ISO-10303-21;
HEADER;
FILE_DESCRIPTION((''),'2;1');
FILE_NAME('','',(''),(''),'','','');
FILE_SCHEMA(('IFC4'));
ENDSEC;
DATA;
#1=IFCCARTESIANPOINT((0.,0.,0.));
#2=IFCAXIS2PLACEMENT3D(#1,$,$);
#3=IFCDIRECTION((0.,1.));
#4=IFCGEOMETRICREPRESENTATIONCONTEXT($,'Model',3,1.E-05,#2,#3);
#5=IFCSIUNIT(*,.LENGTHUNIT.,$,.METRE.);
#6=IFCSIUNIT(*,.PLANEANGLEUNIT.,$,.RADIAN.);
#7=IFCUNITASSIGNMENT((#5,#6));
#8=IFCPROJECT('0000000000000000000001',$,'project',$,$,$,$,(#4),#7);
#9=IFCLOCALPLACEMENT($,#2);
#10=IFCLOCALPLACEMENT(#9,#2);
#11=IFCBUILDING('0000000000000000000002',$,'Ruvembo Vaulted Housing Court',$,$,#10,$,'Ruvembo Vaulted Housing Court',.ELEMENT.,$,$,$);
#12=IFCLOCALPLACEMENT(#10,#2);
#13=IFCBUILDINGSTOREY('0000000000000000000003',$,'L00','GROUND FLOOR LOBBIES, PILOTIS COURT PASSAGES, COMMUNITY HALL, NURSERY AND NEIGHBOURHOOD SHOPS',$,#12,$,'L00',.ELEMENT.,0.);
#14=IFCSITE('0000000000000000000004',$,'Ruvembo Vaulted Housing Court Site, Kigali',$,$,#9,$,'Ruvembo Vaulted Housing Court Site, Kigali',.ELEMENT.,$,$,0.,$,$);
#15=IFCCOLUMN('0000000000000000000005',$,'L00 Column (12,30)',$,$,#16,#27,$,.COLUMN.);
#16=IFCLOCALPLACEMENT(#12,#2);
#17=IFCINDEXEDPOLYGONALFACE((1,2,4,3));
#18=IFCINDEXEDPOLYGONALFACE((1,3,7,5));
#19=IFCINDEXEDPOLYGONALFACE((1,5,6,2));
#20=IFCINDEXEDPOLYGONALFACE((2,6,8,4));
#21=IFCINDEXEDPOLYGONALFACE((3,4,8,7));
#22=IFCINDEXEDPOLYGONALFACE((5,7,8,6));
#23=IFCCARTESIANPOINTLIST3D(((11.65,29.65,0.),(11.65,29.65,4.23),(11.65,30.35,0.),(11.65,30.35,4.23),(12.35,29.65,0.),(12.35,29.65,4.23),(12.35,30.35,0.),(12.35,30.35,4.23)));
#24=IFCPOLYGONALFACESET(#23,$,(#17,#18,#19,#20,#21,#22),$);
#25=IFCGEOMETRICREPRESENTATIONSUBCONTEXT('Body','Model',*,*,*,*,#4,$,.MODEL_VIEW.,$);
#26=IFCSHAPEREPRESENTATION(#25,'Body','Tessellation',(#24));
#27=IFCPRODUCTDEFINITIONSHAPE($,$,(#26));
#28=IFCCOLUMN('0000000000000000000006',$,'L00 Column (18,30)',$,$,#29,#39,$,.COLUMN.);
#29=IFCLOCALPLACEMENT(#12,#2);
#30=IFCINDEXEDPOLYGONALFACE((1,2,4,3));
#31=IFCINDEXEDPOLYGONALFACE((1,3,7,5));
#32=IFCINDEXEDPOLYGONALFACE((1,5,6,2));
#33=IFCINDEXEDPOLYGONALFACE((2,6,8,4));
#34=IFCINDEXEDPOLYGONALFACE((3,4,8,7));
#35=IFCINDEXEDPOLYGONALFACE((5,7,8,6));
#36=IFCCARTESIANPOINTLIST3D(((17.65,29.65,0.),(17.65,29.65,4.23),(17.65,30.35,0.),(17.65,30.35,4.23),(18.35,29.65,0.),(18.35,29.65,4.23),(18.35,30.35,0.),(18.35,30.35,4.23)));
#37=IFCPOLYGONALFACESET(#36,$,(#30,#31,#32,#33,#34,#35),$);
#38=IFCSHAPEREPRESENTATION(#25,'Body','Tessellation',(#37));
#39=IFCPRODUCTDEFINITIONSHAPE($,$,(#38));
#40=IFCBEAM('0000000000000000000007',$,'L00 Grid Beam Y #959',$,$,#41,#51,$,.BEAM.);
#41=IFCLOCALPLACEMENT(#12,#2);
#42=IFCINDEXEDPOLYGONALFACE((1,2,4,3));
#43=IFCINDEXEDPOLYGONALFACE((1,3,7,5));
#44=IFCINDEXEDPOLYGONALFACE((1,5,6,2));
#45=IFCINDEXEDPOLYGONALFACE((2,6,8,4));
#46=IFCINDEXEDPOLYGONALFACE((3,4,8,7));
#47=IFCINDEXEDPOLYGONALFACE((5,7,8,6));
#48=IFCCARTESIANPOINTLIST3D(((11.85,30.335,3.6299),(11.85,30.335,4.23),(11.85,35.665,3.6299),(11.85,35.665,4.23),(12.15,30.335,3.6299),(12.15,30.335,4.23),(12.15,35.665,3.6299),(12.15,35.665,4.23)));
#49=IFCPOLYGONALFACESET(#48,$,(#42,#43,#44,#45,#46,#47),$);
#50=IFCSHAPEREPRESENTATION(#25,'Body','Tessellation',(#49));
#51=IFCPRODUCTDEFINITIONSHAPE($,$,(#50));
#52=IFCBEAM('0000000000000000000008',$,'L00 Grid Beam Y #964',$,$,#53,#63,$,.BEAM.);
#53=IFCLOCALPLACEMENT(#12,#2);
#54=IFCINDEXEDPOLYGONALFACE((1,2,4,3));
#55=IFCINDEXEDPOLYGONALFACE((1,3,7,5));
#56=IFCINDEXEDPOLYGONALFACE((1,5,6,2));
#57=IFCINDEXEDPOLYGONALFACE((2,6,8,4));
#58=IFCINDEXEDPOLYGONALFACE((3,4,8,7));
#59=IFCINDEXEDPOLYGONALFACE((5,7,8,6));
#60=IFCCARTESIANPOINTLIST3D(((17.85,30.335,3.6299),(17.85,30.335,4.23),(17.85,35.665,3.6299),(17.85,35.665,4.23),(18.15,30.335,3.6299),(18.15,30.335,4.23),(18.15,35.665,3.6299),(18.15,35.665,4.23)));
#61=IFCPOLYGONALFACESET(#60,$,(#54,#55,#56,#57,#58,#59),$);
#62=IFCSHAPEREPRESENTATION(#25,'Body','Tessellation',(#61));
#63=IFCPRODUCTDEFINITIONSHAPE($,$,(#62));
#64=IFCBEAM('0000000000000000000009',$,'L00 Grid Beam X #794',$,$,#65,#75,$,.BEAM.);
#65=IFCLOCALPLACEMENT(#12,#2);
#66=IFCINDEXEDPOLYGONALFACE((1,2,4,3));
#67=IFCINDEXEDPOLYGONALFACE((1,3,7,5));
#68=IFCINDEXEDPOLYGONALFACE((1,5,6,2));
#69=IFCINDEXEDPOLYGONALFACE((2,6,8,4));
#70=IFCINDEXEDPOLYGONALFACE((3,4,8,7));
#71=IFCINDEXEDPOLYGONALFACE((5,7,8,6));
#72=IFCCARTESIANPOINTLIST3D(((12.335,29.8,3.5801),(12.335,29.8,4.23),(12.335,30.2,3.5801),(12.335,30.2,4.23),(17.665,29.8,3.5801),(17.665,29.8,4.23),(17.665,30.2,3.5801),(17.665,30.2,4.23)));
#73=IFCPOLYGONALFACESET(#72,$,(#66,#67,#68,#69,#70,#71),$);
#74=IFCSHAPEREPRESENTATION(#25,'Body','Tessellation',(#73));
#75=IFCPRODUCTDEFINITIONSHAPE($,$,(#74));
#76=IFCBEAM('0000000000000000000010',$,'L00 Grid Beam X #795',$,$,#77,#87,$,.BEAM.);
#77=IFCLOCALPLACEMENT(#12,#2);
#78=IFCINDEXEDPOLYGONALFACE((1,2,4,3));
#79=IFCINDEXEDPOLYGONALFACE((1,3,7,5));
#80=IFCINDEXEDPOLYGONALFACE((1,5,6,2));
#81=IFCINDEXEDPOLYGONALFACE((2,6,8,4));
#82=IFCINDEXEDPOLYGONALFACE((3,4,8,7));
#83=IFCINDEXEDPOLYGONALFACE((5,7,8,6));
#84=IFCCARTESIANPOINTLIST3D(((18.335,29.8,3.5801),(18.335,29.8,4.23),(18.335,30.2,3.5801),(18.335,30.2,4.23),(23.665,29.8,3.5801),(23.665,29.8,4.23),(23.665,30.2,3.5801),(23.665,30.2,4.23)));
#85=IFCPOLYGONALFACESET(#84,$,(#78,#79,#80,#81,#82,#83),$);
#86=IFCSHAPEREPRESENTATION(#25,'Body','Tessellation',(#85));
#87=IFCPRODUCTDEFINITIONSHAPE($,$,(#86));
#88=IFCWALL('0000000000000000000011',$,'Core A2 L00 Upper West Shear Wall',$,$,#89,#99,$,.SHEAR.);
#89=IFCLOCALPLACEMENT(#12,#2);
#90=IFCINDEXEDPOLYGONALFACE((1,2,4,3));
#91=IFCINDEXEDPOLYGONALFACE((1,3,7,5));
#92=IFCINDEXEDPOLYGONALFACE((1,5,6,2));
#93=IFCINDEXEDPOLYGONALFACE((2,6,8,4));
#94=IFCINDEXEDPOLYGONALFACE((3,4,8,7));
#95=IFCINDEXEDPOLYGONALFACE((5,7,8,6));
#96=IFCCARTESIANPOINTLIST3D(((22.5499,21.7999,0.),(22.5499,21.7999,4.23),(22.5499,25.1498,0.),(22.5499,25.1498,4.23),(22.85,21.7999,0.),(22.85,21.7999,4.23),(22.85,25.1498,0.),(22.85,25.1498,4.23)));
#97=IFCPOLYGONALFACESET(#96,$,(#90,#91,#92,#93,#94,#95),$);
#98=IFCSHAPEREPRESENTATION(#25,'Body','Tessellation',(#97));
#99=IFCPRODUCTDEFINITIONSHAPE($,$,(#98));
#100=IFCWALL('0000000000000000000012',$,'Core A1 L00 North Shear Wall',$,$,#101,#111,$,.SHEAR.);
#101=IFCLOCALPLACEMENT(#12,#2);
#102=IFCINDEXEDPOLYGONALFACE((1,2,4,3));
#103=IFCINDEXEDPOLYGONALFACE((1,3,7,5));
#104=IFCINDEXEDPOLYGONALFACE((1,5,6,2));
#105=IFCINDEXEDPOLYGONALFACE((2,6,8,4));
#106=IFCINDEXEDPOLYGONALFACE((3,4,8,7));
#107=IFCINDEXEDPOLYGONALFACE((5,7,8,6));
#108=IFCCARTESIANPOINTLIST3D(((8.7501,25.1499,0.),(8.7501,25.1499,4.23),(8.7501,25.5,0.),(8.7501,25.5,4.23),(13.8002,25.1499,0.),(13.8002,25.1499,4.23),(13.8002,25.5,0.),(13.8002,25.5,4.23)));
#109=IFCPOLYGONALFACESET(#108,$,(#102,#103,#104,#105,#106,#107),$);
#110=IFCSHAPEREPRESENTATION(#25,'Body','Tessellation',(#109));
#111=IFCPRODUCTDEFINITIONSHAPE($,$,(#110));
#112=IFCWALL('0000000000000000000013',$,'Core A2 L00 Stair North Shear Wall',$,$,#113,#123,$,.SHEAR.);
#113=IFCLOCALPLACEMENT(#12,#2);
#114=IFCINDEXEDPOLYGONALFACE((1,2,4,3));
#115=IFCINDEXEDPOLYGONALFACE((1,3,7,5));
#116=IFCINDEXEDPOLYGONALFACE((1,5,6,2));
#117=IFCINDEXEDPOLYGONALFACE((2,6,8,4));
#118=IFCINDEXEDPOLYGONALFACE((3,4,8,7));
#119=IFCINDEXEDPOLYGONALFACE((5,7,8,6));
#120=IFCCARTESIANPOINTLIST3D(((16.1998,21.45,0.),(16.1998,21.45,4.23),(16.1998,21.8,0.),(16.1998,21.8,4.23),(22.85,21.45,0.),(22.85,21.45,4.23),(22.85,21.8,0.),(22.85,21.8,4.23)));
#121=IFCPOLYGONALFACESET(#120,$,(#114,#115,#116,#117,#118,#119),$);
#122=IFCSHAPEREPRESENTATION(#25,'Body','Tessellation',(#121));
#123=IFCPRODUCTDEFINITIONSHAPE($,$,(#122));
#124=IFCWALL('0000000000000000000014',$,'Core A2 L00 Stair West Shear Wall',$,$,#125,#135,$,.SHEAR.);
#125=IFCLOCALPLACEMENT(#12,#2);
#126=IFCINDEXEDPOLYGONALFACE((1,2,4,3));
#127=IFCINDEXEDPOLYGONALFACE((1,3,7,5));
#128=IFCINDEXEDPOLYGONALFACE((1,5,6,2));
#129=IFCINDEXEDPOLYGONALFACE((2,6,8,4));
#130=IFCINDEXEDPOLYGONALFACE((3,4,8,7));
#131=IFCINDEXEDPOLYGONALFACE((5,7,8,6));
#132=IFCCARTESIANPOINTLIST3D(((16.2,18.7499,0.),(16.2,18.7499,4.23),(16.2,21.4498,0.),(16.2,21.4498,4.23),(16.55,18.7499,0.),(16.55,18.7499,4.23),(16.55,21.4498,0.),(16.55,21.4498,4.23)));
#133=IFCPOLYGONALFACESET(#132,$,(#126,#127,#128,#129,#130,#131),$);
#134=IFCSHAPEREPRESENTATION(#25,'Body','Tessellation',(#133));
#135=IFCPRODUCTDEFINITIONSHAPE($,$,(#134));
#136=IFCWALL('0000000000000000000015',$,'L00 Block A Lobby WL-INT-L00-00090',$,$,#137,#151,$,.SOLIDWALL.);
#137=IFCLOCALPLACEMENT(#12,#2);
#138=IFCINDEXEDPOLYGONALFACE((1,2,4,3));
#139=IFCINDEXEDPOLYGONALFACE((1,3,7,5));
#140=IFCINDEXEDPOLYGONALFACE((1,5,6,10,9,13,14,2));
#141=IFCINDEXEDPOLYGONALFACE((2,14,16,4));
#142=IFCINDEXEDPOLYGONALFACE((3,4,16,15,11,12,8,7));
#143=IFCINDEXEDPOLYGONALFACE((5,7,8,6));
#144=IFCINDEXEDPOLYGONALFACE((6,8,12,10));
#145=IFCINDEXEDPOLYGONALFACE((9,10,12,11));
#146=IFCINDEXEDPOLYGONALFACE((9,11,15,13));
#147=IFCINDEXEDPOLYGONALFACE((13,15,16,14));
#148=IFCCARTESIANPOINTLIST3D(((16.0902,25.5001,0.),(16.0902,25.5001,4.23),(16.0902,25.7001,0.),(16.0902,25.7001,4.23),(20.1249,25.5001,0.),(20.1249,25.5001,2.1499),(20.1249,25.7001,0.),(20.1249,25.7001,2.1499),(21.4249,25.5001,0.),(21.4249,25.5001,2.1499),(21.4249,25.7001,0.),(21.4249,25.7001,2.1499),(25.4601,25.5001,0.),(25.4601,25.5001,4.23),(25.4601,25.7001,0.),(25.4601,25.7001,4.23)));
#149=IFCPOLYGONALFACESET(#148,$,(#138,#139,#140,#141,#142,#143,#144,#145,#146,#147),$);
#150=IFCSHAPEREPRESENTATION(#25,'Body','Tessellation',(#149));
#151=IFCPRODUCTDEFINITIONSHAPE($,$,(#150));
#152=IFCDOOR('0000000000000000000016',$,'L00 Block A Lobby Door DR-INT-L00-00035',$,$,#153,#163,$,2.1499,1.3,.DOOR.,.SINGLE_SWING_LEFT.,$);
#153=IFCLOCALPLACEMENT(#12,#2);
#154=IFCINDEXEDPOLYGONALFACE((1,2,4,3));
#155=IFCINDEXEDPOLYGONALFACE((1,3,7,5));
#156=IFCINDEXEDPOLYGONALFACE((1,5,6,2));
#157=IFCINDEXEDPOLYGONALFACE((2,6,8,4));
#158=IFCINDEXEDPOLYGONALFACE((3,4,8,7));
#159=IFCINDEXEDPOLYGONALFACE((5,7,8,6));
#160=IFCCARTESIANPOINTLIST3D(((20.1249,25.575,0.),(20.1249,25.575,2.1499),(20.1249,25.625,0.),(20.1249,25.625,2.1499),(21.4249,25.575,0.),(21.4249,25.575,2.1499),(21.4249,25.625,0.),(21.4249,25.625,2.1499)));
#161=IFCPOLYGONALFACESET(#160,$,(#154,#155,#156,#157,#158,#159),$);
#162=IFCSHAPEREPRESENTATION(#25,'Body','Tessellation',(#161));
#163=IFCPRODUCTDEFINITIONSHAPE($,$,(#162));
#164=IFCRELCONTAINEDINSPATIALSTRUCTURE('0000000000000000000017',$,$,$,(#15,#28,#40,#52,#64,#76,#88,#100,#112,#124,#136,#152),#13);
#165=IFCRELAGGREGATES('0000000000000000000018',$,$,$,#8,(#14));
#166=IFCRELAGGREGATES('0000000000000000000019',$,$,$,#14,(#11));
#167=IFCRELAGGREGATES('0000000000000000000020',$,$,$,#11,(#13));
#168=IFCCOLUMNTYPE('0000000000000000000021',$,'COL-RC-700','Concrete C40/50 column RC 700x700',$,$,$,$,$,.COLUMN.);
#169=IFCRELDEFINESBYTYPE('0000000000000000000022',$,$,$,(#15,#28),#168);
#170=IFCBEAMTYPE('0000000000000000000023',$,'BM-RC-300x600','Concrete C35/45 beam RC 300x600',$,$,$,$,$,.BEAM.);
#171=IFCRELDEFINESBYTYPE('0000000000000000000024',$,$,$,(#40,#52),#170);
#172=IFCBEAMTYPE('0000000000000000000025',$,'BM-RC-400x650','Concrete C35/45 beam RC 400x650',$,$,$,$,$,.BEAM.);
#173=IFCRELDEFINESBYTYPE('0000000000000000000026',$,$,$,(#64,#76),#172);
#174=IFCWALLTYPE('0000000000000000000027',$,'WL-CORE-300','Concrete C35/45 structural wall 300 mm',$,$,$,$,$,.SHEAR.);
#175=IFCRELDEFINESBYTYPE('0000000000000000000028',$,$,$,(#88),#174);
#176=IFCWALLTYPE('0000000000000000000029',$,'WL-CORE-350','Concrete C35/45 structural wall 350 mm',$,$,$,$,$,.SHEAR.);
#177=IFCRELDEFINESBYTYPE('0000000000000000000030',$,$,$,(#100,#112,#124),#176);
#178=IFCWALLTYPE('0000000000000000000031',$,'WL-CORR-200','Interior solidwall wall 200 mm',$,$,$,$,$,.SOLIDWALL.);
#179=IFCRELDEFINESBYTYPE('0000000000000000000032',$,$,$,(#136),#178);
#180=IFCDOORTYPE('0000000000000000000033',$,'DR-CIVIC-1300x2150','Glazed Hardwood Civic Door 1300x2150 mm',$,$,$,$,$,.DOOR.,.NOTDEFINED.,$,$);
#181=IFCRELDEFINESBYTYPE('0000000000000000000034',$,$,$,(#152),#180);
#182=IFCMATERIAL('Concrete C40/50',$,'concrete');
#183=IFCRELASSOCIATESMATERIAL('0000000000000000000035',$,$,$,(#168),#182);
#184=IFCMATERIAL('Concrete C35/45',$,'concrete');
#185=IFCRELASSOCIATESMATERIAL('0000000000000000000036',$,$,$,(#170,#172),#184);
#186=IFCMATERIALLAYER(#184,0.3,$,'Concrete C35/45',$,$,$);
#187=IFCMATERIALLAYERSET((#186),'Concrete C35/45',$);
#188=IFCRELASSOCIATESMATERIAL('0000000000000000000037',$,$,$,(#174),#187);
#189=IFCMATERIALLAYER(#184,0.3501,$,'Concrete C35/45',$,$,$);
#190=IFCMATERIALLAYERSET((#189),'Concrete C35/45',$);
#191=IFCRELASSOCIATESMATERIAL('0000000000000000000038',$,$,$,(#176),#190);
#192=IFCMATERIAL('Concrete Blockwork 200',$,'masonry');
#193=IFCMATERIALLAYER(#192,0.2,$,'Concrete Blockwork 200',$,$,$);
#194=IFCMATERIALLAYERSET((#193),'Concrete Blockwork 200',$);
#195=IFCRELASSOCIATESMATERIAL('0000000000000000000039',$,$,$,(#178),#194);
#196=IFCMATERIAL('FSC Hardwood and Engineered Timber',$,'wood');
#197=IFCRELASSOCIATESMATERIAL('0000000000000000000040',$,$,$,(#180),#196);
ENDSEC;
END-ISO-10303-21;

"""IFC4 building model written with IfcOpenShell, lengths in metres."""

from ifc_helpers import new_model, si_unit, direction, frame, frame_2d, origin, origin_2d, place, context, subcontext, project, spatial, rectangle, extrude, material, layer, layer_set, material_profile, profile_set, type_object, element, fill, save


model = new_model("IFC4")

# Units and contexts
model_context = context("Model", 3, precision=1e-05, world=origin(), true_north=direction((0.0, 1.0)))
body_context = subcontext(model_context, "Body", "Model", "MODEL_VIEW")
ifc_project = project(units=[si_unit("LENGTHUNIT", "METRE"), si_unit("PLANEANGLEUNIT", "RADIAN")], contexts=[model_context])

# Site, building, storey
site_placement = place(None, origin())
site = spatial("IfcSite", under=ifc_project, at=site_placement, Name="Ruvembo Vaulted Housing Court Site, Kigali", LongName="Ruvembo Vaulted Housing Court Site, Kigali", CompositionType="ELEMENT", RefElevation=0.0)
building_placement = place(site_placement, origin())
building = spatial("IfcBuilding", under=site, at=building_placement, Name="Ruvembo Vaulted Housing Court", LongName="Ruvembo Vaulted Housing Court", CompositionType="ELEMENT")
storey_placement = place(building_placement, origin())
storey = spatial("IfcBuildingStorey", under=building, at=storey_placement, Name="L00", Description="GROUND FLOOR LOBBIES, PILOTIS COURT PASSAGES, COMMUNITY HALL, NURSERY AND NEIGHBOURHOOD SHOPS", LongName="L00", CompositionType="ELEMENT", Elevation=0.0)

# Columns
ifc_material_1 = material(Name="Concrete C40/50", Category="concrete")
ifc_material_profile_1 = material_profile(ifc_material_1, rectangle(XDim=0.7, YDim=0.7, at=origin_2d()), Name="RC 700x700")
ifc_profile_set_1 = profile_set([ifc_material_profile_1], Name="Concrete C40/50")
column_type = type_object("IfcColumnType", Name="COL-RC-700", Description="Concrete C40/50 column RC 700x700", PredefinedType="COLUMN", material=ifc_profile_set_1)
for number, where, z_axis, x_axis, name in (
    (1, (12.0, 30.0, 0.0), (0.0, 0.0, 1.0), (1.0, 0.0, 0.0), "L00 Column (12,30)"),
    (2, (18.0, 30.0, 0.0), (0.0, 0.0, 1.0), (1.0, 0.0, 0.0), "L00 Column (18,30)"),
):
    element("IfcColumn", number, at=place(storey_placement, frame(where, z_axis=z_axis, x_axis=x_axis)), inside=storey, type_object=column_type, Name=name, PredefinedType="COLUMN", context=body_context, shape_type="SweptSolid", body=[
        extrude(rectangle(XDim=0.7, YDim=0.7, at=origin_2d()), origin(), (0.0, 0.0, 1.0), 4.23),
    ])

# Beams
ifc_material_2 = material(Name="Concrete C35/45", Category="concrete")
ifc_material_profile_2 = material_profile(ifc_material_2, rectangle(XDim=0.3, YDim=0.6001, at=origin_2d()), Name="RC 300x600")
ifc_profile_set_2 = profile_set([ifc_material_profile_2], Name="Concrete C35/45")
beam_type_1 = type_object("IfcBeamType", Name="BM-RC-300x600", Description="Concrete C35/45 beam RC 300x600", PredefinedType="BEAM", material=ifc_profile_set_2)
for number, where, z_axis, x_axis, name in (
    (3, (12.0, 30.335, 3.9299), (0.0, 1.0, 0.0), (-1.0, 0.0, 0.0), "L00 Grid Beam Y #959"),
    (4, (18.0, 30.335, 3.9299), (0.0, 1.0, 0.0), (-1.0, 0.0, 0.0), "L00 Grid Beam Y #964"),
):
    element("IfcBeam", number, at=place(storey_placement, frame(where, z_axis=z_axis, x_axis=x_axis)), inside=storey, type_object=beam_type_1, Name=name, PredefinedType="BEAM", context=body_context, shape_type="SweptSolid", body=[
        extrude(rectangle(XDim=0.3, YDim=0.6001, at=origin_2d()), origin(), (0.0, 0.0, 1.0), 5.3301),
    ])
ifc_material_profile_3 = material_profile(ifc_material_2, rectangle(XDim=0.3999, YDim=0.6499, at=origin_2d()), Name="RC 400x650")
ifc_profile_set_3 = profile_set([ifc_material_profile_3], Name="Concrete C35/45")
beam_type_2 = type_object("IfcBeamType", Name="BM-RC-400x650", Description="Concrete C35/45 beam RC 400x650", PredefinedType="BEAM", material=ifc_profile_set_3)
for number, where, z_axis, x_axis, name in (
    (5, (12.335, 30.0, 3.905), (1.0, 0.0, 0.0), (0.0, 1.0, 0.0), "L00 Grid Beam X #794"),
    (6, (18.335, 30.0, 3.905), (1.0, 0.0, 0.0), (0.0, 1.0, 0.0), "L00 Grid Beam X #795"),
):
    element("IfcBeam", number, at=place(storey_placement, frame(where, z_axis=z_axis, x_axis=x_axis)), inside=storey, type_object=beam_type_2, Name=name, PredefinedType="BEAM", context=body_context, shape_type="SweptSolid", body=[
        extrude(rectangle(XDim=0.3999, YDim=0.6499, at=origin_2d()), origin(), (0.0, 0.0, 1.0), 5.3301),
    ])

# Walls
ifc_layer_1 = layer(ifc_material_2, 0.3, Name="Concrete C35/45")
ifc_layer_set_1 = layer_set([ifc_layer_1], Name="Concrete C35/45")
wall_type_1 = type_object("IfcWallType", Name="WL-CORE-300", Description="Concrete C35/45 structural wall 300 mm", PredefinedType="SHEAR", material=ifc_layer_set_1)
wall_1_placement = place(storey_placement, frame((22.7, 21.8, 0.0), z_axis=(0.0, 0.0, 1.0), x_axis=(0.0, 1.0, 0.0)))
element("IfcWall", 7, at=wall_1_placement, inside=storey, type_object=wall_type_1, Name="Core A2 L00 Upper West Shear Wall", PredefinedType="SHEAR", context=body_context, shape_type="SweptSolid", body=[
    extrude(rectangle(XDim=3.3499, YDim=0.3, at=frame_2d((1.6748, 0.0))), origin(), (0.0, 0.0, 1.0), 4.23),
])
ifc_layer_2 = layer(ifc_material_2, 0.3501, Name="Concrete C35/45")
ifc_layer_set_2 = layer_set([ifc_layer_2], Name="Concrete C35/45")
wall_type_2 = type_object("IfcWallType", Name="WL-CORE-350", Description="Concrete C35/45 structural wall 350 mm", PredefinedType="SHEAR", material=ifc_layer_set_2)
wall_2_placement = place(storey_placement, frame((13.8, 25.325, 0.0), z_axis=(0.0, 0.0, 1.0), x_axis=(-1.0, 0.0, 0.0)))
element("IfcWall", 8, at=wall_2_placement, inside=storey, type_object=wall_type_2, Name="Core A1 L00 North Shear Wall", PredefinedType="SHEAR", context=body_context, shape_type="SweptSolid", body=[
    extrude(rectangle(XDim=5.05, YDim=0.3501, at=frame_2d((2.5249, 0.0))), origin(), (0.0, 0.0, 1.0), 4.23),
])
wall_3_placement = place(storey_placement, frame((22.8501, 21.625, 0.0), z_axis=(0.0, 0.0, 1.0), x_axis=(-1.0, 0.0, 0.0)))
element("IfcWall", 9, at=wall_3_placement, inside=storey, type_object=wall_type_2, Name="Core A2 L00 Stair North Shear Wall", PredefinedType="SHEAR", context=body_context, shape_type="SweptSolid", body=[
    extrude(rectangle(XDim=6.6501, YDim=0.3501, at=frame_2d((3.3252, 0.0))), origin(), (0.0, 0.0, 1.0), 4.23),
])
wall_4_placement = place(storey_placement, frame((16.375, 21.45, 0.0), z_axis=(0.0, 0.0, 1.0), x_axis=(0.0, -1.0, 0.0)))
element("IfcWall", 10, at=wall_4_placement, inside=storey, type_object=wall_type_2, Name="Core A2 L00 Stair West Shear Wall", PredefinedType="SHEAR", context=body_context, shape_type="SweptSolid", body=[
    extrude(rectangle(XDim=2.7, YDim=0.3501, at=frame_2d((1.3501, 0.0))), origin(), (0.0, 0.0, 1.0), 4.23),
])
ifc_material_3 = material(Name="Concrete Blockwork 200", Category="masonry")
ifc_layer_3 = layer(ifc_material_3, 0.2, Name="Concrete Blockwork 200")
ifc_layer_set_3 = layer_set([ifc_layer_3], Name="Concrete Blockwork 200")
wall_type_3 = type_object("IfcWallType", Name="WL-CORR-200", Description="Interior solidwall wall 200 mm", PredefinedType="SOLIDWALL", material=ifc_layer_set_3)

# Wall, opening, door
wall_5_placement = place(storey_placement, frame((16.0901, 25.6001, 0.0), z_axis=(0.0, 0.0, 1.0), x_axis=(1.0, 0.0, 0.0)))
wall_5 = element("IfcWall", 11, at=wall_5_placement, inside=storey, type_object=wall_type_3, Name="L00 Block A Lobby WL-INT-L00-00090", PredefinedType="SOLIDWALL", context=body_context, shape_type="SweptSolid", body=[
    extrude(rectangle(XDim=9.3699, YDim=0.2, at=frame_2d((4.6851, 0.0))), origin(), (0.0, 0.0, 1.0), 4.23),
])
opening_1_placement = place(wall_5_placement, frame((4.0349, 0.0, 0.0)))
opening_1 = element("IfcOpeningElement", 12, at=opening_1_placement, cuts=wall_5, PredefinedType="OPENING", context=body_context, shape_type="SweptSolid", body=[
    extrude(rectangle(XDim=1.3, YDim=2.1499, at=frame_2d((0.6499, 1.075))), frame((0.0, 0.1099, 0.0), z_axis=(0.0, -1.0, 0.0), x_axis=(1.0, 0.0, 0.0)), (0.0, 0.0, 1.0), 0.22),
])
ifc_material_4 = material(Name="FSC Hardwood and Engineered Timber", Category="wood")
door_type_1 = type_object("IfcDoorType", Name="DR-CIVIC-1300x2150", Description="Glazed Hardwood Civic Door 1300x2150 mm", OperationType="NOTDEFINED", PredefinedType="DOOR", material=ifc_material_4)
door_1_placement = place(opening_1_placement, origin())
door_1 = element("IfcDoor", 13, at=door_1_placement, inside=storey, type_object=door_type_1, Name="L00 Block A Lobby Door DR-INT-L00-00035", OperationType="SINGLE_SWING_LEFT", OverallHeight=2.1499, OverallWidth=1.3, PredefinedType="DOOR", context=body_context, shape_type="SweptSolid", body=[
    extrude(rectangle(XDim=1.3, YDim=2.1499, at=frame_2d((0.6499, 1.075))), frame((0.0, 0.0249, 0.0), z_axis=(0.0, -1.0, 0.0), x_axis=(1.0, 0.0, 0.0)), (0.0, 0.0, 1.0), 0.05),
])
fill(opening_1, door_1)

save(model, "model.ifc")
